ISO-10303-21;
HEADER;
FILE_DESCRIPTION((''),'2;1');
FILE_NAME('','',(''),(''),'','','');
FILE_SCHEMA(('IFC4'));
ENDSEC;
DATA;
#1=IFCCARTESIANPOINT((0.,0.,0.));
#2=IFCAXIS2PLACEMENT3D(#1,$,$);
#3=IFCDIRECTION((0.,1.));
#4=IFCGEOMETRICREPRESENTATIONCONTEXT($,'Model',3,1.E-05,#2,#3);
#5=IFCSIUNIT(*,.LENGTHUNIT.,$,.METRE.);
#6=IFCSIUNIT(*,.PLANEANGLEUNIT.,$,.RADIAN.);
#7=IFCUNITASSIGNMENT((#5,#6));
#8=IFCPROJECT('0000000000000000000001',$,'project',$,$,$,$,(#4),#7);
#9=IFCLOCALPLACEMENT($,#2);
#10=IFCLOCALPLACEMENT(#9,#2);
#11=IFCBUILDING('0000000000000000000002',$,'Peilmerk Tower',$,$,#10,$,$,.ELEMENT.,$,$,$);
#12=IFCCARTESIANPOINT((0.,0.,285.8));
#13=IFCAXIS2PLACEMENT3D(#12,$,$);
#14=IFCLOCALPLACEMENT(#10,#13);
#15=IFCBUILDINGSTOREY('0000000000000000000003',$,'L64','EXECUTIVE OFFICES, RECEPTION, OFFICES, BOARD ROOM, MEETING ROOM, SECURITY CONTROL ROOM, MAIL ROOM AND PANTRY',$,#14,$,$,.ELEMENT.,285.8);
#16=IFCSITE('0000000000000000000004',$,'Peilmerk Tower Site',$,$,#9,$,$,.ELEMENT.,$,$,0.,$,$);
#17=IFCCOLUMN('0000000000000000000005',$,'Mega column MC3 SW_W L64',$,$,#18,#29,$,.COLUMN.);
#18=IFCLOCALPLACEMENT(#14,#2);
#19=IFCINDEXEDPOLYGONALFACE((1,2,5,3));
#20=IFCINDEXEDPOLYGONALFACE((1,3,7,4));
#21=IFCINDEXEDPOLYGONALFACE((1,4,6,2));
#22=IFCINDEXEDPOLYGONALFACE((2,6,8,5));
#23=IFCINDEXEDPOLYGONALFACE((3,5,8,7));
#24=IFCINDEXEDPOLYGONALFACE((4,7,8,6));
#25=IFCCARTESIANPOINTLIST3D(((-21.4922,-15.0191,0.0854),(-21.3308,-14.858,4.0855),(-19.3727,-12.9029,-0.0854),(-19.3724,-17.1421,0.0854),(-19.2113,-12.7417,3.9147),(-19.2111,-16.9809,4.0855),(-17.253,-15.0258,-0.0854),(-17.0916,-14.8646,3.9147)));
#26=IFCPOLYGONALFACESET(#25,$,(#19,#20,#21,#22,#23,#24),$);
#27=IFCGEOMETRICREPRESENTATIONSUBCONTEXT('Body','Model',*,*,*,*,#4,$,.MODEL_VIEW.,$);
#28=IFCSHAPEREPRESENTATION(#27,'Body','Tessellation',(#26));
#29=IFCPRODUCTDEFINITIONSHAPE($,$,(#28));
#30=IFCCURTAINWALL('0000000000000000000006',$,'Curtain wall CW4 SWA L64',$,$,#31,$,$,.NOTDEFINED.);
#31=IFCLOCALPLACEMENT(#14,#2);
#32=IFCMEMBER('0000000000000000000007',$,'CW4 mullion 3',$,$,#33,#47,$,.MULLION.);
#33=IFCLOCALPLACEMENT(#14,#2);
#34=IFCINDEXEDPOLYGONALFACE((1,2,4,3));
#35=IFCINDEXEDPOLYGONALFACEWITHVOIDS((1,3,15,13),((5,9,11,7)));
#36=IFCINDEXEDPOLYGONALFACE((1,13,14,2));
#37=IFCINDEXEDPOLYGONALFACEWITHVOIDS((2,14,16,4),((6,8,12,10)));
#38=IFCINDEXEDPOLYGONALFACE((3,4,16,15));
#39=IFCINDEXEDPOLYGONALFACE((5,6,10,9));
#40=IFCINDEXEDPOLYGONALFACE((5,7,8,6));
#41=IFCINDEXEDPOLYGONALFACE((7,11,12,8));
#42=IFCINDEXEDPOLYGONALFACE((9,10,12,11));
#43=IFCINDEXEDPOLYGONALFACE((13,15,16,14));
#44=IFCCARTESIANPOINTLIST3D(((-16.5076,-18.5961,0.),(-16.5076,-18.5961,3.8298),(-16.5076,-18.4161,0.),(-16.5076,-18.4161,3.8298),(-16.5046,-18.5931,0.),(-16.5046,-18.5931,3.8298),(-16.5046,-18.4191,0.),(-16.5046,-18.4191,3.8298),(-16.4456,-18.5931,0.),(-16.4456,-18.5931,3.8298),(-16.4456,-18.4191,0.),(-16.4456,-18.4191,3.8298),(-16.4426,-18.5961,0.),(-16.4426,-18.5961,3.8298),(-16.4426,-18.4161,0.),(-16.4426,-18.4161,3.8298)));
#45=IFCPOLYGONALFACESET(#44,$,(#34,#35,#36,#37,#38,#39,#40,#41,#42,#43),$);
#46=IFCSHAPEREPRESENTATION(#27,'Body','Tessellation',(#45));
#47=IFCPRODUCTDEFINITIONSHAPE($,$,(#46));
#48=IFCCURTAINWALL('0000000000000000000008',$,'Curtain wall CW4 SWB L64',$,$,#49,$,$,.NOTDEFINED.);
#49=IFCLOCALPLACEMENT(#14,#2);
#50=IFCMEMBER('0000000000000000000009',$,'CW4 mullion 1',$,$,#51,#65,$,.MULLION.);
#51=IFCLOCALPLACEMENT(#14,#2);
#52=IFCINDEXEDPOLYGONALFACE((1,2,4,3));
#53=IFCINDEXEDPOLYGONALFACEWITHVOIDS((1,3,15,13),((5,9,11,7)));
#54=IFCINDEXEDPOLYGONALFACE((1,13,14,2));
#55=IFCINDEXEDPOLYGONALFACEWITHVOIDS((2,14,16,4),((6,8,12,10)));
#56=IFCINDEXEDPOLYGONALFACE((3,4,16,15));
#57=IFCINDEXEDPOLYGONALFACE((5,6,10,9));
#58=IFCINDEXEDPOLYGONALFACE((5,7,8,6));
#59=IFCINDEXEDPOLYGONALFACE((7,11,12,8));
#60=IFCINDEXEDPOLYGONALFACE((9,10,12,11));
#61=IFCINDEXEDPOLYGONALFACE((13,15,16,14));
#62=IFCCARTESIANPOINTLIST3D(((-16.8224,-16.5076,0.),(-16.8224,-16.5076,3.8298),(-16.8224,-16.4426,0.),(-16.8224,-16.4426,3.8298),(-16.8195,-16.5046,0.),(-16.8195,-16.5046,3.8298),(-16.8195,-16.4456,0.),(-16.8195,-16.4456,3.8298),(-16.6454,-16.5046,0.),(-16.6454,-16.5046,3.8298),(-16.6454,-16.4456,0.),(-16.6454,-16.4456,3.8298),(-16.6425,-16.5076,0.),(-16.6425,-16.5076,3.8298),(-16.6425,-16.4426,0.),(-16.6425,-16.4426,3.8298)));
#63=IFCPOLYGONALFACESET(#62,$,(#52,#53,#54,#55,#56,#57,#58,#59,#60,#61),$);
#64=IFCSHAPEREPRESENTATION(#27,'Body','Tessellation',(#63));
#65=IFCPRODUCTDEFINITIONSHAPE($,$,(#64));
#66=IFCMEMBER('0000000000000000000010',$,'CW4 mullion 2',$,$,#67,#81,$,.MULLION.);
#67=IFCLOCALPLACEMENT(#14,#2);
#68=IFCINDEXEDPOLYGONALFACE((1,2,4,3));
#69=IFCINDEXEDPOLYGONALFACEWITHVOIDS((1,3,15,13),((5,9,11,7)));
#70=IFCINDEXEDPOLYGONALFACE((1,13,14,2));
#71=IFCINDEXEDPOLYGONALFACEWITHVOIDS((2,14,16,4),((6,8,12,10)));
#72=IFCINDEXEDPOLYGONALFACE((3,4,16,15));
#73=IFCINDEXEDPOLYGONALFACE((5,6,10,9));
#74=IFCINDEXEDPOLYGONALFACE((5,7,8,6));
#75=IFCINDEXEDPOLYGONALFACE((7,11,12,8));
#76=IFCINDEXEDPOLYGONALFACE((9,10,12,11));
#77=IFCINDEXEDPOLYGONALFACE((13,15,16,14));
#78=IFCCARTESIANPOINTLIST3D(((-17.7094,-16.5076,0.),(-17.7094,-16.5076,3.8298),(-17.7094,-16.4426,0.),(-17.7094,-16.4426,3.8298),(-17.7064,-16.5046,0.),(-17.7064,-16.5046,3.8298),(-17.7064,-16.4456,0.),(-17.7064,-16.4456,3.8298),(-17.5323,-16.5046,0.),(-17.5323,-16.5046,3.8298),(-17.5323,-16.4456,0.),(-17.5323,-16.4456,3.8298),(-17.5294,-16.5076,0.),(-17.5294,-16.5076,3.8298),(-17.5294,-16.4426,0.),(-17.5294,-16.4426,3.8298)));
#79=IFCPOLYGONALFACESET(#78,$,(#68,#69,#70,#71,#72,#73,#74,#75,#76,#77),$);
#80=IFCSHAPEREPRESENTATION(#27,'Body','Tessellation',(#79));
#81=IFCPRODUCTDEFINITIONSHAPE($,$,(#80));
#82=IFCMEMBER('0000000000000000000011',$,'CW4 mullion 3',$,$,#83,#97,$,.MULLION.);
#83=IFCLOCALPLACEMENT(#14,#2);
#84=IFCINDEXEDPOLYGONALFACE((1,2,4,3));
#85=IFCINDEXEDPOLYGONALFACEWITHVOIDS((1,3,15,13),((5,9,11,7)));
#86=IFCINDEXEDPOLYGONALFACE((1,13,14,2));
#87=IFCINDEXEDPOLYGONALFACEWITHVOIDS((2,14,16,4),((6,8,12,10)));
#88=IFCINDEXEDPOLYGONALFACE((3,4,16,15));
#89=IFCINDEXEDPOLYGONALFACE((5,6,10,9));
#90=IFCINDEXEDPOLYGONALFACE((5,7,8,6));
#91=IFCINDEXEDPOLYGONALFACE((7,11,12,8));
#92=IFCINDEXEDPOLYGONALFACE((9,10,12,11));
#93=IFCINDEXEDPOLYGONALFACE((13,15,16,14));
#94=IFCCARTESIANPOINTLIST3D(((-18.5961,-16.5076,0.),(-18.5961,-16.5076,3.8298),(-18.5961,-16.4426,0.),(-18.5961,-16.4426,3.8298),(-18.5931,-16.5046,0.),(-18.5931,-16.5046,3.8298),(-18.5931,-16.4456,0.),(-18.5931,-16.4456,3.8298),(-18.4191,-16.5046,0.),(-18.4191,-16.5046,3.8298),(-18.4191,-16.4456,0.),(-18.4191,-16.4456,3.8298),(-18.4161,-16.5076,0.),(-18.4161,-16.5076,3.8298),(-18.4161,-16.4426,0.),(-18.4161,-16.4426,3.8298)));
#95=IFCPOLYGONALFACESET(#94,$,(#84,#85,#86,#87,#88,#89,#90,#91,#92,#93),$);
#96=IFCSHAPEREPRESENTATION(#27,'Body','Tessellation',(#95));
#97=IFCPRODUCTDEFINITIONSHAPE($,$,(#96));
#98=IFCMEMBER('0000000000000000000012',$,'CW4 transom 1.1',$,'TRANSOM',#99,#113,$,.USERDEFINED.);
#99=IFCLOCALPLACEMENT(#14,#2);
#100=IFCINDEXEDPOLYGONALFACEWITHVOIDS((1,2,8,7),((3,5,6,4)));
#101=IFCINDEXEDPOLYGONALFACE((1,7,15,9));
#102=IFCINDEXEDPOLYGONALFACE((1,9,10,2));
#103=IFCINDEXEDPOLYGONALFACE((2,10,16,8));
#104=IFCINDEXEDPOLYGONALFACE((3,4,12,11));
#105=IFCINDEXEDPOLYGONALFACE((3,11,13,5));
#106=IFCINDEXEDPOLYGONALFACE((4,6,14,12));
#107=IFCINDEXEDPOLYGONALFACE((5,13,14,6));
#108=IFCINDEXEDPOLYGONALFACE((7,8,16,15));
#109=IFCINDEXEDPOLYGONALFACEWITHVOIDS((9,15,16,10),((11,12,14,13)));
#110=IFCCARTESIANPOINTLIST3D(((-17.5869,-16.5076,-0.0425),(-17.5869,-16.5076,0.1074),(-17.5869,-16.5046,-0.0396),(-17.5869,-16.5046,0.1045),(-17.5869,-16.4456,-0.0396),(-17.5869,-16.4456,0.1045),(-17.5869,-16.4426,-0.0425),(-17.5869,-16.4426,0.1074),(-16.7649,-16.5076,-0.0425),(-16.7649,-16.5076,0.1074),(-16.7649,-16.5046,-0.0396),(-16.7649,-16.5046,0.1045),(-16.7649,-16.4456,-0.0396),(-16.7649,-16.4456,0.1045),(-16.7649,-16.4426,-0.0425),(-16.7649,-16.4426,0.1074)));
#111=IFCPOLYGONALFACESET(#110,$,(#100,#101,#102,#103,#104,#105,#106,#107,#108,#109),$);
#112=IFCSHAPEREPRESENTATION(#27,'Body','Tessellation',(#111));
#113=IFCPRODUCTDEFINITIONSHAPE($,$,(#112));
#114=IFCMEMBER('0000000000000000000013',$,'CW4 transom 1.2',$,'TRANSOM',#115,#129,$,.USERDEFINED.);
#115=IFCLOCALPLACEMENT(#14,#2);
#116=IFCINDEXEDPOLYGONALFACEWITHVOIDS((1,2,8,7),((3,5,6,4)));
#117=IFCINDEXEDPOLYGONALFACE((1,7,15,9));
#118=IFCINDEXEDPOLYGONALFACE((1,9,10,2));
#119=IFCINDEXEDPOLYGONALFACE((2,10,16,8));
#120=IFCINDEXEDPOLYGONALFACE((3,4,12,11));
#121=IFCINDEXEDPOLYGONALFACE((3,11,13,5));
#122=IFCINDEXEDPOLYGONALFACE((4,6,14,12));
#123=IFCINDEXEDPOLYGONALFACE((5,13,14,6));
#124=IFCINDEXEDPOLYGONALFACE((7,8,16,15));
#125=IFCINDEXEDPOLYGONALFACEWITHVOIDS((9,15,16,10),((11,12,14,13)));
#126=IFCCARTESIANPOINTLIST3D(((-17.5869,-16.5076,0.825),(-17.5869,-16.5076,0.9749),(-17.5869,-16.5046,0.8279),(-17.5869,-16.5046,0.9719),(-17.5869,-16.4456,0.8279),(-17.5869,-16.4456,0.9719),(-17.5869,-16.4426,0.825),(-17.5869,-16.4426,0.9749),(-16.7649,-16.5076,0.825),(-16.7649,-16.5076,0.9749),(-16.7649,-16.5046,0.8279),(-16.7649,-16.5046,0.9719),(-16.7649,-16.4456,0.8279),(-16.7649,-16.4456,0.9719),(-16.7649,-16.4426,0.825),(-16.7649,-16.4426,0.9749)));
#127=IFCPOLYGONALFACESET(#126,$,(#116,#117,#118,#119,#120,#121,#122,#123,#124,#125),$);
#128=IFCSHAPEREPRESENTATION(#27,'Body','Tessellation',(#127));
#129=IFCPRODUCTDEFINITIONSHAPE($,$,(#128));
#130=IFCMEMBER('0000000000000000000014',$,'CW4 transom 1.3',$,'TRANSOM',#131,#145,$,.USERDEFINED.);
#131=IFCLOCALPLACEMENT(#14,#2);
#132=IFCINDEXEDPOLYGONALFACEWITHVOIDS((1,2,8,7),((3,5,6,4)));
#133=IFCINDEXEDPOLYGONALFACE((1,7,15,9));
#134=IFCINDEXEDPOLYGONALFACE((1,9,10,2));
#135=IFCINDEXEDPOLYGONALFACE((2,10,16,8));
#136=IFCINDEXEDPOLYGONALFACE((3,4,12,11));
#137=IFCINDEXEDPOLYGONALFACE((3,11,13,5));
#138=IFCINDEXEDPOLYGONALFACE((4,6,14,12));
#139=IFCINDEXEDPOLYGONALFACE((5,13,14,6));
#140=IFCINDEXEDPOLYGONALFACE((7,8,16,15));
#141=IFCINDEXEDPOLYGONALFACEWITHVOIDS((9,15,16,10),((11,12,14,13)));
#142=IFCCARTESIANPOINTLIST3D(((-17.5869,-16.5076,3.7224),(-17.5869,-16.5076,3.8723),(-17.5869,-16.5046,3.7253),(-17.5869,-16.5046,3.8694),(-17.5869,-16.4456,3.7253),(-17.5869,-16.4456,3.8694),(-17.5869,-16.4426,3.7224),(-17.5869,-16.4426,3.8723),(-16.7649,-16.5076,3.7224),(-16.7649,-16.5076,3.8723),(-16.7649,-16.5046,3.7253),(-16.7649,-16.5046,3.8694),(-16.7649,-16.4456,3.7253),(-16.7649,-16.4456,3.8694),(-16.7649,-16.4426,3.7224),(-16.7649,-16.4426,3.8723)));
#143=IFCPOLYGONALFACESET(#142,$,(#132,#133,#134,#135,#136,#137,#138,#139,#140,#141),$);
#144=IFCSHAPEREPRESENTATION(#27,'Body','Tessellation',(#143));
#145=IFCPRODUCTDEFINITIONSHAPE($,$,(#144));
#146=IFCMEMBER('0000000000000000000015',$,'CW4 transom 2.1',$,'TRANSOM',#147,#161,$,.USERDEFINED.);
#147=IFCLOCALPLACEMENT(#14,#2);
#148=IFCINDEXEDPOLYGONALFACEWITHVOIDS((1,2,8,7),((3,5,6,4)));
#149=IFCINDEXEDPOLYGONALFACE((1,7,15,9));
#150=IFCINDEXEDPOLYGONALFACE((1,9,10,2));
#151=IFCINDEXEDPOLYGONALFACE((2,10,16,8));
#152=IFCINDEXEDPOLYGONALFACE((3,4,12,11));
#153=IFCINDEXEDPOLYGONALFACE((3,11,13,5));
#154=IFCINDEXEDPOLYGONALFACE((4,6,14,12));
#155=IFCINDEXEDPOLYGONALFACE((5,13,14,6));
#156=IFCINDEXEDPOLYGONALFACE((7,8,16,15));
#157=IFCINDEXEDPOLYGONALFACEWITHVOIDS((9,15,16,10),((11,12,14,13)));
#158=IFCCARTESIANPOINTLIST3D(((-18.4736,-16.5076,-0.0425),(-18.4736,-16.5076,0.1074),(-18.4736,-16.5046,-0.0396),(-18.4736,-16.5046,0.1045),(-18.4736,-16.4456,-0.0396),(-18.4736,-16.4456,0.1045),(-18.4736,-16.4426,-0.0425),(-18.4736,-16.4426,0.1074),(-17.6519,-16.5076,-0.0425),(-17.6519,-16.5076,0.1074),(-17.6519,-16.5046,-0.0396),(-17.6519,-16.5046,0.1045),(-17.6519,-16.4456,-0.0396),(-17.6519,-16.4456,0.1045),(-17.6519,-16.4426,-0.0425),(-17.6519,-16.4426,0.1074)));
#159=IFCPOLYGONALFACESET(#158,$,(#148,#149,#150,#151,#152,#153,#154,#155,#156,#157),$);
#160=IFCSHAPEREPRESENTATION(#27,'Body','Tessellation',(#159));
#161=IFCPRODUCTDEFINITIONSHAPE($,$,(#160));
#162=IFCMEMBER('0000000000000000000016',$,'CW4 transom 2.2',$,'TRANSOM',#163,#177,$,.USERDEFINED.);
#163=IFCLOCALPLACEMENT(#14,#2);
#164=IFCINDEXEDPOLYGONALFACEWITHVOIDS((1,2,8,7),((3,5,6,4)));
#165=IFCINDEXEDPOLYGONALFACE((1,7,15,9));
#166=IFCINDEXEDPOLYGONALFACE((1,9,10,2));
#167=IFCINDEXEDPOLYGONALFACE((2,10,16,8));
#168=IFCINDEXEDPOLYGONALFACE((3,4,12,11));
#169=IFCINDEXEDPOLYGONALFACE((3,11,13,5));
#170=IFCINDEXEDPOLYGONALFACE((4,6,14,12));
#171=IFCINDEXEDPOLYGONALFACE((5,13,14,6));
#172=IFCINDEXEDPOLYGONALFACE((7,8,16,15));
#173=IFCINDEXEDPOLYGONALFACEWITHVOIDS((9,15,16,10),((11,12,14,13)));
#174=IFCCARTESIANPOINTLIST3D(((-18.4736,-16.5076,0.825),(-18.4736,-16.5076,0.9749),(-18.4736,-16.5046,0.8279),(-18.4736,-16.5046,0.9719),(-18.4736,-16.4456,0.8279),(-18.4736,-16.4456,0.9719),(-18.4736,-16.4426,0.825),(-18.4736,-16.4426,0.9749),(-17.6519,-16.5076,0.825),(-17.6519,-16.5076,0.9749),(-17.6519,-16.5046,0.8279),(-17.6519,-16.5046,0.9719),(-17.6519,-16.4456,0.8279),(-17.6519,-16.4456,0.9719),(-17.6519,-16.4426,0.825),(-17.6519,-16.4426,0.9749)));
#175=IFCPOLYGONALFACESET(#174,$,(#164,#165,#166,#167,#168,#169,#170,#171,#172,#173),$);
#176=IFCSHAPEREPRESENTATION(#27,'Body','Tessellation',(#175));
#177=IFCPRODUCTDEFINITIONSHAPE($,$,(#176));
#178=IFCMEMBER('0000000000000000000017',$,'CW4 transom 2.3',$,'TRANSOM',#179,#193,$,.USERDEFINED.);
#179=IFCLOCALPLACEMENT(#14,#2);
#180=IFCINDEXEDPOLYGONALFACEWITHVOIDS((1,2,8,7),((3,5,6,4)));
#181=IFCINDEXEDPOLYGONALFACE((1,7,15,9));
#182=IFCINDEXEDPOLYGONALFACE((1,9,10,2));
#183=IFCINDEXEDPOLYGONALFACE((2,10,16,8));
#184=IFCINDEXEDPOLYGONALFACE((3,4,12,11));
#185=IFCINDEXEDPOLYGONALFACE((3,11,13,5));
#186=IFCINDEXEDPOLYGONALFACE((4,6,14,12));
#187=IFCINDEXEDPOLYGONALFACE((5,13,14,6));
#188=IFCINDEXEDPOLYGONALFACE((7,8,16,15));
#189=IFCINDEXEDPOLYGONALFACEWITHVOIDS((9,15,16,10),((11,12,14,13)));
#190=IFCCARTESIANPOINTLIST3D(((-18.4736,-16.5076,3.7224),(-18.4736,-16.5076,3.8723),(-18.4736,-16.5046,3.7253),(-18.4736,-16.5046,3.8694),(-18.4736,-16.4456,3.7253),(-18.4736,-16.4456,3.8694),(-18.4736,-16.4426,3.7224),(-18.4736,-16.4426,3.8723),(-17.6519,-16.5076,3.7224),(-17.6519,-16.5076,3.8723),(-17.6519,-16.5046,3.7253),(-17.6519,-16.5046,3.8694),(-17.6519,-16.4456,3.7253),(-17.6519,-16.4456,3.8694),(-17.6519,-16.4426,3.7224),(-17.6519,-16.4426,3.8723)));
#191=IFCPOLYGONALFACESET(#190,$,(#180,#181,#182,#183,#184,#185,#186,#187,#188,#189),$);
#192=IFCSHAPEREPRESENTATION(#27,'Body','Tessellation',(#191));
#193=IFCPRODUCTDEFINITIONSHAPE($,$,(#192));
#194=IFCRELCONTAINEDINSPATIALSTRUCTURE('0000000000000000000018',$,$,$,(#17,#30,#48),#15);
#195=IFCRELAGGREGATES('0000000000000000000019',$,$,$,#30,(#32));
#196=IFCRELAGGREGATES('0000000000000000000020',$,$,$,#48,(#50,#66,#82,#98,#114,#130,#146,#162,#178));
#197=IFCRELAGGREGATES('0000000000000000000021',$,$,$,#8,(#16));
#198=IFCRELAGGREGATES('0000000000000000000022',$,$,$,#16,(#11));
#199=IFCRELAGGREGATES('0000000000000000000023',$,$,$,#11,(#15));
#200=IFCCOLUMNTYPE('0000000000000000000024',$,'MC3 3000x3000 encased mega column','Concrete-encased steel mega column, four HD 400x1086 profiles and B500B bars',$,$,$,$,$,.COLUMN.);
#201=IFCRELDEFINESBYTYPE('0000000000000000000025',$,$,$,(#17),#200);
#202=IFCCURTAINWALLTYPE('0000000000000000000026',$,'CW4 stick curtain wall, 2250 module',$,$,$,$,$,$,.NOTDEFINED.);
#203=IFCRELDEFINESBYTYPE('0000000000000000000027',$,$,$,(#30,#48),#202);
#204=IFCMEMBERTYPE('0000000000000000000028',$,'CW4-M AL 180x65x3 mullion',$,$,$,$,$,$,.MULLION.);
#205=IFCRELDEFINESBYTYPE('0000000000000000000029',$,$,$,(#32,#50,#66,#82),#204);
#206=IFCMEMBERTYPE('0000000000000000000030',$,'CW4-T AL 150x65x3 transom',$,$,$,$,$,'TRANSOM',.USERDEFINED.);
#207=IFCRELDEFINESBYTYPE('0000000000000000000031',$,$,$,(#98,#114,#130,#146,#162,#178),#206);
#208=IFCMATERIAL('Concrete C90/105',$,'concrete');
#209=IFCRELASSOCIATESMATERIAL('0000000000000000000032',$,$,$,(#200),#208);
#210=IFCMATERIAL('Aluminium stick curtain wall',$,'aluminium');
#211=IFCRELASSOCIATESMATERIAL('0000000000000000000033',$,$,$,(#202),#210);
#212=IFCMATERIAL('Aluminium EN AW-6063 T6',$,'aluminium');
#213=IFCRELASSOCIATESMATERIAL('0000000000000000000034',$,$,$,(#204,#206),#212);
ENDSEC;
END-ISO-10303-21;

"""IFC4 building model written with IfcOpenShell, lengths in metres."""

from ifc_helpers import new_model, si_unit, direction, frame, origin, origin_2d, place, context, subcontext, project, spatial, rectangle, hollow_rectangle, extrude, material, material_profile, profile_set, type_object, element, aggregate, save


model = new_model("IFC4")

# Units and contexts
model_context = context("Model", 3, precision=1e-05, world=origin(), true_north=direction((0.0, 1.0)))
body_context = subcontext(model_context, "Body", "Model", "MODEL_VIEW")
ifc_project = project(units=[si_unit("LENGTHUNIT", "METRE"), si_unit("PLANEANGLEUNIT", "RADIAN")], contexts=[model_context])

# Site, building, storey
site_placement = place(None, origin())
site = spatial("IfcSite", under=ifc_project, at=site_placement, Name="Peilmerk Tower Site", CompositionType="ELEMENT", RefElevation=0.0)
building_placement = place(site_placement, origin())
building = spatial("IfcBuilding", under=site, at=building_placement, Name="Peilmerk Tower", CompositionType="ELEMENT")
storey_placement = place(building_placement, frame((0.0, 0.0, 285.8)))
storey = spatial("IfcBuildingStorey", under=building, at=storey_placement, Name="L64", Description="EXECUTIVE OFFICES, RECEPTION, OFFICES, BOARD ROOM, MEETING ROOM, SECURITY CONTROL ROOM, MAIL ROOM AND PANTRY", CompositionType="ELEMENT", Elevation=285.8)

# Column
ifc_material_1 = material(Name="Concrete C90/105", Category="concrete")
ifc_material_profile_1 = material_profile(ifc_material_1, rectangle(XDim=3.0, YDim=3.0, at=origin_2d()), Name="RC 3000x3000")
ifc_profile_set_1 = profile_set([ifc_material_profile_1], Name="Concrete C90/105")
column_type = type_object("IfcColumnType", Name="MC3 3000x3000 encased mega column", Description="Concrete-encased steel mega column, four HD 400x1086 profiles and B500B bars", PredefinedType="COLUMN", material=ifc_profile_set_1)
column_placement = place(storey_placement, frame((-19.3726, -15.0225, 0.0), z_axis=(0.040279, 0.040218, 0.998379), x_axis=(-0.706571, 0.707642, 0.0)))
element("IfcColumn", 1, at=column_placement, inside=storey, type_object=column_type, Name="Mega column MC3 SW_W L64", PredefinedType="COLUMN", context=body_context, shape_type="SweptSolid", body=[
    extrude(rectangle(XDim=3.0, YDim=3.0, at=origin_2d()), origin(), (0.0, 0.0, 1.0), 4.0066),
])

# Curtain wall, member
ifc_material_2 = material(Name="Aluminium stick curtain wall", Category="aluminium")
curtain_wall_type = type_object("IfcCurtainWallType", Name="CW4 stick curtain wall, 2250 module", PredefinedType="NOTDEFINED", material=ifc_material_2)
curtain_wall_1_placement = place(storey_placement, origin())
curtain_wall_1 = element("IfcCurtainWall", 2, at=curtain_wall_1_placement, inside=storey, type_object=curtain_wall_type, Name="Curtain wall CW4 SWA L64", PredefinedType="NOTDEFINED")
ifc_material_3 = material(Name="Aluminium EN AW-6063 T6", Category="aluminium")
ifc_material_profile_2 = material_profile(ifc_material_3, hollow_rectangle(XDim=0.0649, YDim=0.1799, WallThickness=0.0029, at=origin_2d()), Name="AL 180x65x3")
ifc_profile_set_2 = profile_set([ifc_material_profile_2], Name="Aluminium EN AW-6063 T6")
member_type_1 = type_object("IfcMemberType", Name="CW4-M AL 180x65x3 mullion", PredefinedType="MULLION", material=ifc_profile_set_2)
member_1_placement = place(storey_placement, frame((-16.4751, -18.5061, 0.0), z_axis=(0.0, 0.0, 1.0), x_axis=(1.0, 0.0, 0.0)))
member_1 = element("IfcMember", 3, at=member_1_placement, type_object=member_type_1, Name="CW4 mullion 3", PredefinedType="MULLION", context=body_context, shape_type="SweptSolid", body=[
    extrude(hollow_rectangle(XDim=0.0649, YDim=0.1799, WallThickness=0.0029, at=origin_2d()), origin(), (0.0, 0.0, 1.0), 3.8298),
])

# Curtain wall, members
curtain_wall_2_placement = place(storey_placement, origin())
curtain_wall_2 = element("IfcCurtainWall", 4, at=curtain_wall_2_placement, inside=storey, type_object=curtain_wall_type, Name="Curtain wall CW4 SWB L64", PredefinedType="NOTDEFINED")
member_2_placement = place(storey_placement, frame((-16.7324, -16.4751, 0.0), z_axis=(0.0, 0.0, 1.0), x_axis=(0.0, -1.0, 0.0)))
member_2 = element("IfcMember", 5, at=member_2_placement, type_object=member_type_1, Name="CW4 mullion 1", PredefinedType="MULLION", context=body_context, shape_type="SweptSolid", body=[
    extrude(hollow_rectangle(XDim=0.0649, YDim=0.1799, WallThickness=0.0029, at=origin_2d()), origin(), (0.0, 0.0, 1.0), 3.8298),
])
member_3_placement = place(storey_placement, frame((-17.6194, -16.4751, 0.0), z_axis=(0.0, 0.0, 1.0), x_axis=(0.0, -1.0, 0.0)))
member_3 = element("IfcMember", 6, at=member_3_placement, type_object=member_type_1, Name="CW4 mullion 2", PredefinedType="MULLION", context=body_context, shape_type="SweptSolid", body=[
    extrude(hollow_rectangle(XDim=0.0649, YDim=0.1799, WallThickness=0.0029, at=origin_2d()), origin(), (0.0, 0.0, 1.0), 3.8298),
])
member_4_placement = place(storey_placement, frame((-18.5061, -16.4751, 0.0), z_axis=(0.0, 0.0, 1.0), x_axis=(0.0, -1.0, 0.0)))
member_4 = element("IfcMember", 7, at=member_4_placement, type_object=member_type_1, Name="CW4 mullion 3", PredefinedType="MULLION", context=body_context, shape_type="SweptSolid", body=[
    extrude(hollow_rectangle(XDim=0.0649, YDim=0.1799, WallThickness=0.0029, at=origin_2d()), origin(), (0.0, 0.0, 1.0), 3.8298),
])
ifc_material_profile_3 = material_profile(ifc_material_3, hollow_rectangle(XDim=0.0649, YDim=0.1499, WallThickness=0.0029, at=origin_2d()), Name="AL 150x65x3")
ifc_profile_set_3 = profile_set([ifc_material_profile_3], Name="Aluminium EN AW-6063 T6")
member_type_2 = type_object("IfcMemberType", Name="CW4-T AL 150x65x3 transom", ElementType="TRANSOM", PredefinedType="USERDEFINED", material=ifc_profile_set_3)
member_5_placement = place(storey_placement, frame((-16.7649, -16.4751, 0.0325), z_axis=(-1.0, 0.0, 0.0), x_axis=(0.0, -1.0, 0.0)))
member_5 = element("IfcMember", 8, at=member_5_placement, type_object=member_type_2, Name="CW4 transom 1.1", ObjectType="TRANSOM", PredefinedType="USERDEFINED", context=body_context, shape_type="SweptSolid", body=[
    extrude(hollow_rectangle(XDim=0.0649, YDim=0.1499, WallThickness=0.0029, at=origin_2d()), origin(), (0.0, 0.0, 1.0), 0.822),
])
member_6_placement = place(storey_placement, frame((-16.7649, -16.4751, 0.8999), z_axis=(-1.0, 0.0, 0.0), x_axis=(0.0, -1.0, 0.0)))
member_6 = element("IfcMember", 9, at=member_6_placement, type_object=member_type_2, Name="CW4 transom 1.2", ObjectType="TRANSOM", PredefinedType="USERDEFINED", context=body_context, shape_type="SweptSolid", body=[
    extrude(hollow_rectangle(XDim=0.0649, YDim=0.1499, WallThickness=0.0029, at=origin_2d()), origin(), (0.0, 0.0, 1.0), 0.822),
])
member_7_placement = place(storey_placement, frame((-16.7649, -16.4751, 3.7974), z_axis=(-1.0, 0.0, 0.0), x_axis=(0.0, -1.0, 0.0)))
member_7 = element("IfcMember", 10, at=member_7_placement, type_object=member_type_2, Name="CW4 transom 1.3", ObjectType="TRANSOM", PredefinedType="USERDEFINED", context=body_context, shape_type="SweptSolid", body=[
    extrude(hollow_rectangle(XDim=0.0649, YDim=0.1499, WallThickness=0.0029, at=origin_2d()), origin(), (0.0, 0.0, 1.0), 0.822),
])
member_8_placement = place(storey_placement, frame((-17.6519, -16.4751, 0.0325), z_axis=(-1.0, 0.0, 0.0), x_axis=(0.0, -1.0, 0.0)))
member_8 = element("IfcMember", 11, at=member_8_placement, type_object=member_type_2, Name="CW4 transom 2.1", ObjectType="TRANSOM", PredefinedType="USERDEFINED", context=body_context, shape_type="SweptSolid", body=[
    extrude(hollow_rectangle(XDim=0.0649, YDim=0.1499, WallThickness=0.0029, at=origin_2d()), origin(), (0.0, 0.0, 1.0), 0.8218),
])
member_9_placement = place(storey_placement, frame((-17.6519, -16.4751, 0.8999), z_axis=(-1.0, 0.0, 0.0), x_axis=(0.0, -1.0, 0.0)))
member_9 = element("IfcMember", 12, at=member_9_placement, type_object=member_type_2, Name="CW4 transom 2.2", ObjectType="TRANSOM", PredefinedType="USERDEFINED", context=body_context, shape_type="SweptSolid", body=[
    extrude(hollow_rectangle(XDim=0.0649, YDim=0.1499, WallThickness=0.0029, at=origin_2d()), origin(), (0.0, 0.0, 1.0), 0.8218),
])
member_10_placement = place(storey_placement, frame((-17.6519, -16.4751, 3.7974), z_axis=(-1.0, 0.0, 0.0), x_axis=(0.0, -1.0, 0.0)))
member_10 = element("IfcMember", 13, at=member_10_placement, type_object=member_type_2, Name="CW4 transom 2.3", ObjectType="TRANSOM", PredefinedType="USERDEFINED", context=body_context, shape_type="SweptSolid", body=[
    extrude(hollow_rectangle(XDim=0.0649, YDim=0.1499, WallThickness=0.0029, at=origin_2d()), origin(), (0.0, 0.0, 1.0), 0.8218),
])

aggregate(curtain_wall_1, [member_1])
aggregate(curtain_wall_2, [member_2, member_3, member_4, member_5, member_6, member_7, member_8, member_9, member_10])

save(model, "model.ifc")
